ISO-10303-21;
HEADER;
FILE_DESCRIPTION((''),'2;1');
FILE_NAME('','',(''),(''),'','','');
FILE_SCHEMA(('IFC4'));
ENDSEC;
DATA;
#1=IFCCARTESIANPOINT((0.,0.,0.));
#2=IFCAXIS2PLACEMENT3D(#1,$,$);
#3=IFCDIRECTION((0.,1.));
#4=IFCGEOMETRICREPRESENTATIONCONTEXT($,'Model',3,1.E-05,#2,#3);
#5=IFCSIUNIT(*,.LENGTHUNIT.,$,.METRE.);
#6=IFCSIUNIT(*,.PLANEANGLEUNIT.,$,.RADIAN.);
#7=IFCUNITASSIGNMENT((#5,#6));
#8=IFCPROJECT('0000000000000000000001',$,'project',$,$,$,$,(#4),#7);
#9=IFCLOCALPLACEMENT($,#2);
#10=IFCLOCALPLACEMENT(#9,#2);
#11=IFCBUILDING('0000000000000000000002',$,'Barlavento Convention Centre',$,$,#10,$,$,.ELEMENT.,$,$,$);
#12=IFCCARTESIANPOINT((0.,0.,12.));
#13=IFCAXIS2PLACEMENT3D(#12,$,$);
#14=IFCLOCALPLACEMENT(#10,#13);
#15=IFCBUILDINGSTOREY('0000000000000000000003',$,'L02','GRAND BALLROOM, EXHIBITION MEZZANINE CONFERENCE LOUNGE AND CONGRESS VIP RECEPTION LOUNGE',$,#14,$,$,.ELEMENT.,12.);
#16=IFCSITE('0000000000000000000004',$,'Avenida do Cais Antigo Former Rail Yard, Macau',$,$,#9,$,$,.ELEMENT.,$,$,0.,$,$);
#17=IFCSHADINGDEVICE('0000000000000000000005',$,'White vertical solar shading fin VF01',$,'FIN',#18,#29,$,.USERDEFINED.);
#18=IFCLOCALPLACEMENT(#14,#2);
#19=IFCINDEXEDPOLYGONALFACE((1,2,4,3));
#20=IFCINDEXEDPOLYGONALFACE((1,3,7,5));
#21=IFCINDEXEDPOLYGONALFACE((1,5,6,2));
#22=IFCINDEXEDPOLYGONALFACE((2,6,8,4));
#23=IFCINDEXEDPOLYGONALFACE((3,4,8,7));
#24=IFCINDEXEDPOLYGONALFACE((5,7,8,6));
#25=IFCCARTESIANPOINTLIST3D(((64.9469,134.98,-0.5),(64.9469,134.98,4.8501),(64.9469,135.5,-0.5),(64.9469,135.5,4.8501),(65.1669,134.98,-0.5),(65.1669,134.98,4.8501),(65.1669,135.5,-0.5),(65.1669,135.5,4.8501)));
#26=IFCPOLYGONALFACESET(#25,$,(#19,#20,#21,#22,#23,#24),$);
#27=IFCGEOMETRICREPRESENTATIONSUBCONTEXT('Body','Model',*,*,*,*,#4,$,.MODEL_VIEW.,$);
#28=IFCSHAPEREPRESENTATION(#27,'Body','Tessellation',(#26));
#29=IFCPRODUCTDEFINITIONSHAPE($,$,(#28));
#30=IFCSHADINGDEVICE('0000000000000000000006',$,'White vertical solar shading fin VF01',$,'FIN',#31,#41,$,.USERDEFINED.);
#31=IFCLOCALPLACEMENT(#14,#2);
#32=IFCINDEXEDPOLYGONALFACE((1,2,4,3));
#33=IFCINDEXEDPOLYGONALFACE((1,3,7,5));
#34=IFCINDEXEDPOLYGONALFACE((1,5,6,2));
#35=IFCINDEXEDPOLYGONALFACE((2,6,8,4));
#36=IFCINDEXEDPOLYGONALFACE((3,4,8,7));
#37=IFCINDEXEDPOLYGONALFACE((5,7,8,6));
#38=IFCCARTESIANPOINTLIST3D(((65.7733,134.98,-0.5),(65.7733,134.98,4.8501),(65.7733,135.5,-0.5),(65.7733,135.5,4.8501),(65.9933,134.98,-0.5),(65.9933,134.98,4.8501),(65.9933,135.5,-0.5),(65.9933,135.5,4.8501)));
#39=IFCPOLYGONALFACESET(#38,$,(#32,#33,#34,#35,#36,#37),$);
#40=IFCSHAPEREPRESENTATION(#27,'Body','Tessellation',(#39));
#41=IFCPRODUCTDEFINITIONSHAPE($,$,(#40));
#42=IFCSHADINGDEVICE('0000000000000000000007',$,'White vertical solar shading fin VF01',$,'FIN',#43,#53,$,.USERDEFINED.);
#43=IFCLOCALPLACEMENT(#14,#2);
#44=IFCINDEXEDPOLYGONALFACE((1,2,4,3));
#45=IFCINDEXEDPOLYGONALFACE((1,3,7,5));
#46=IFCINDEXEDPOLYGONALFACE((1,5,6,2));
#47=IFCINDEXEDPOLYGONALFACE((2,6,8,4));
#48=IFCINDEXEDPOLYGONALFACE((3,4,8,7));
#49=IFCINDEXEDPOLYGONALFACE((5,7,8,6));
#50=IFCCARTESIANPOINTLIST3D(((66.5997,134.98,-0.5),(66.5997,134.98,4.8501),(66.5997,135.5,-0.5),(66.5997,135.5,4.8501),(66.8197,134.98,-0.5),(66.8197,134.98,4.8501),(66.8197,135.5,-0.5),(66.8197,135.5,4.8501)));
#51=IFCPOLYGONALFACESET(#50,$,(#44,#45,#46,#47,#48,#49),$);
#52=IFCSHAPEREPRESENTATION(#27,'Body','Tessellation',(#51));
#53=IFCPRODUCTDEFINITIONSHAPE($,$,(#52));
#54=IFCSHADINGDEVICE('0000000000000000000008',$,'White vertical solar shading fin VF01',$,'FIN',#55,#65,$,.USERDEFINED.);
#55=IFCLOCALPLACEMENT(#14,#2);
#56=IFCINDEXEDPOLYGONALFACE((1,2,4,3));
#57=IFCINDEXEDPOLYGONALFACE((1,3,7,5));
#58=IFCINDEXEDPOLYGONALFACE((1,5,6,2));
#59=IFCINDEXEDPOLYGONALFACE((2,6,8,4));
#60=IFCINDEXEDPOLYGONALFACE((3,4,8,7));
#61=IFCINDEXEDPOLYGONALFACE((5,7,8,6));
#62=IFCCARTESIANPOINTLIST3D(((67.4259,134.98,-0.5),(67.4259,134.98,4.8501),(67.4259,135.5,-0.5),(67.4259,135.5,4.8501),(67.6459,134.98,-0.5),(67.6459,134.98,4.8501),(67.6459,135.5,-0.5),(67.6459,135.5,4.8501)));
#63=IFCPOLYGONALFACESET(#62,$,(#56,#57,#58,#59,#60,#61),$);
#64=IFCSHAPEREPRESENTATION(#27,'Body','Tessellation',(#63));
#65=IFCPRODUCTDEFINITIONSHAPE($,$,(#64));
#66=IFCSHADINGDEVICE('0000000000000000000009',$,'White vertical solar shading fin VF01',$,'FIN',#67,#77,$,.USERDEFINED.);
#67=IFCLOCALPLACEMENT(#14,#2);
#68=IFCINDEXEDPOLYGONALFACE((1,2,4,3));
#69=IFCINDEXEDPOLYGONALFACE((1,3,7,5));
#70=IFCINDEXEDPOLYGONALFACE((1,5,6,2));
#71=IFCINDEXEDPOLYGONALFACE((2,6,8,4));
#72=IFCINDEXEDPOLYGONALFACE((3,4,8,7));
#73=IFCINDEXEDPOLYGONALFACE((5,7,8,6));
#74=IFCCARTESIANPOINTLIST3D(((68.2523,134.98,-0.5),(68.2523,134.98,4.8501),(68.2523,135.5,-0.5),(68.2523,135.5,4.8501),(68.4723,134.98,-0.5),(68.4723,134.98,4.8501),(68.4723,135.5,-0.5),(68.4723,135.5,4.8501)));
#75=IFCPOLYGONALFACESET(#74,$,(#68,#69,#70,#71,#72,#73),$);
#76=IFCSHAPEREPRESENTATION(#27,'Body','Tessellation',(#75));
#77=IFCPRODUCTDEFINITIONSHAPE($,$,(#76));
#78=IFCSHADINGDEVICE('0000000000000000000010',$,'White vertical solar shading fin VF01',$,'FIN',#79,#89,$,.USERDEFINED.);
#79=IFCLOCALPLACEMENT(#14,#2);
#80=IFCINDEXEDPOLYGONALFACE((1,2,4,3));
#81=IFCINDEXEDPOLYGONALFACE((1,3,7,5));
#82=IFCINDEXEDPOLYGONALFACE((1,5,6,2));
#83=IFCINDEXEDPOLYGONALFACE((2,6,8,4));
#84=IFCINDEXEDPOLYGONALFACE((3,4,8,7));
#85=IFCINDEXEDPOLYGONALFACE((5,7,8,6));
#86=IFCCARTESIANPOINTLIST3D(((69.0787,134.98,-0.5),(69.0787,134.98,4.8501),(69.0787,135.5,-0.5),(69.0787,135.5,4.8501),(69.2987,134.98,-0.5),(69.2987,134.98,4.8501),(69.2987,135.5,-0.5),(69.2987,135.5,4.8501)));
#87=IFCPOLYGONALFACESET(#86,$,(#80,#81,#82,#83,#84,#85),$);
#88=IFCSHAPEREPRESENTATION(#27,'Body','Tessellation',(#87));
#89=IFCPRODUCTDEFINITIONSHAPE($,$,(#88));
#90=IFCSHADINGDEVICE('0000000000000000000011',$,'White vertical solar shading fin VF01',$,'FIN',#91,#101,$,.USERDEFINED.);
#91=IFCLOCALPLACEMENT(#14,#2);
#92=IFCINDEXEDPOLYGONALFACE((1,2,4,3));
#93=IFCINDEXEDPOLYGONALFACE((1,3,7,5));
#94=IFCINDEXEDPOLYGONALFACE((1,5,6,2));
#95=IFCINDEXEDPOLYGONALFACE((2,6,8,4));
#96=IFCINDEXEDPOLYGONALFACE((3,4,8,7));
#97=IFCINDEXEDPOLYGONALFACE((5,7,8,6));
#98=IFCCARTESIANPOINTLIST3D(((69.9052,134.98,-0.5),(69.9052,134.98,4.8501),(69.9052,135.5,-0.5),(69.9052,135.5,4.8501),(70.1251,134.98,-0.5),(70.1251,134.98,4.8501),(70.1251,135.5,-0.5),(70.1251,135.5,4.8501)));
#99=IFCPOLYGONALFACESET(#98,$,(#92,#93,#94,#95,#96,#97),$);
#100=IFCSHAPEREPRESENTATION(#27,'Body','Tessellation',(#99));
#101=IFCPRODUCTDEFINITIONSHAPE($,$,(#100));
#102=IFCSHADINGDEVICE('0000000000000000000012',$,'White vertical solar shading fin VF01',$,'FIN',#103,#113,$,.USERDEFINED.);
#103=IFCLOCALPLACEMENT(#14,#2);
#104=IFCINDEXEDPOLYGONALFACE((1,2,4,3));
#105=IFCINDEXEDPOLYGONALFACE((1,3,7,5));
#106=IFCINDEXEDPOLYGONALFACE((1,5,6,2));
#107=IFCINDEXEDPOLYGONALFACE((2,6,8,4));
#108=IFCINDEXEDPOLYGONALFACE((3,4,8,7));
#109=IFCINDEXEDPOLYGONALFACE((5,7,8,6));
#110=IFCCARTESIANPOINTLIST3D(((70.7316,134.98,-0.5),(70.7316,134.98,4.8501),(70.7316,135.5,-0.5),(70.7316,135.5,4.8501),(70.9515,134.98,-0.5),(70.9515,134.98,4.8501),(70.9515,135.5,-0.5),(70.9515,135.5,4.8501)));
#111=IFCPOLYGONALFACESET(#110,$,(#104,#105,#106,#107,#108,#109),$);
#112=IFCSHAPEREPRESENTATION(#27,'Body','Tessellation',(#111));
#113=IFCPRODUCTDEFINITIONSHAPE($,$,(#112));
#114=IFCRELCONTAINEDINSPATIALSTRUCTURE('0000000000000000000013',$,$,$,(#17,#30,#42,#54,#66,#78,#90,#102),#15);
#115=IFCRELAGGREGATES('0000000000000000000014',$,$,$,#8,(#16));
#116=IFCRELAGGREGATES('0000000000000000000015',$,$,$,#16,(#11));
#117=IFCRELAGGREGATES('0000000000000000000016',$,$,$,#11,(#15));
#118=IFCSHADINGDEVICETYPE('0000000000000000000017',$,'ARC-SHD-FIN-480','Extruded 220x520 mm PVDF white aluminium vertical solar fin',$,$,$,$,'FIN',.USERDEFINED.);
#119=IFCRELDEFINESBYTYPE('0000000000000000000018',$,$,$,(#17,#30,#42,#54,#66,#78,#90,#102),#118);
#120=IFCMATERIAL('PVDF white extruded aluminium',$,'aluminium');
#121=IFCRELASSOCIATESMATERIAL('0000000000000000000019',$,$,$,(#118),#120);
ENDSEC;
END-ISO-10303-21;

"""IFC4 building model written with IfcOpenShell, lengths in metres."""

from ifc_helpers import new_model, si_unit, direction, frame, origin, origin_2d, place, context, subcontext, project, spatial, rectangle, extrude, material, type_object, element, save


model = new_model("IFC4")

# Units and contexts
model_context = context("Model", 3, precision=1e-05, world=origin(), true_north=direction((0.0, 1.0)))
body_context = subcontext(model_context, "Body", "Model", "MODEL_VIEW")
ifc_project = project(units=[si_unit("LENGTHUNIT", "METRE"), si_unit("PLANEANGLEUNIT", "RADIAN")], contexts=[model_context])

# Site, building, storey
site_placement = place(None, origin())
site = spatial("IfcSite", under=ifc_project, at=site_placement, Name="Avenida do Cais Antigo Former Rail Yard, Macau", CompositionType="ELEMENT", RefElevation=0.0)
building_placement = place(site_placement, origin())
building = spatial("IfcBuilding", under=site, at=building_placement, Name="Barlavento Convention Centre", CompositionType="ELEMENT")
storey_placement = place(building_placement, frame((0.0, 0.0, 12.0)))
storey = spatial("IfcBuildingStorey", under=building, at=storey_placement, Name="L02", Description="GRAND BALLROOM, EXHIBITION MEZZANINE CONFERENCE LOUNGE AND CONGRESS VIP RECEPTION LOUNGE", CompositionType="ELEMENT", Elevation=12.0)

# Shading devices
ifc_material_1 = material(Name="PVDF white extruded aluminium", Category="aluminium")
shading_device_type = type_object("IfcShadingDeviceType", Name="ARC-SHD-FIN-480", Description="Extruded 220x520 mm PVDF white aluminium vertical solar fin", ElementType="FIN", PredefinedType="USERDEFINED", material=ifc_material_1)
for number, where, z_axis, x_axis, name in (
    (1, (65.0569, 135.24, -0.5), (0.0, 0.0, 1.0), (1.0, 0.0, 0.0), "White vertical solar shading fin VF01"),
    (2, (65.8833, 135.24, -0.5), (0.0, 0.0, 1.0), (1.0, 0.0, 0.0), "White vertical solar shading fin VF01"),
    (3, (66.7097, 135.24, -0.5), (0.0, 0.0, 1.0), (1.0, 0.0, 0.0), "White vertical solar shading fin VF01"),
    (4, (67.5359, 135.24, -0.5), (0.0, 0.0, 1.0), (1.0, 0.0, 0.0), "White vertical solar shading fin VF01"),
    (5, (68.3623, 135.24, -0.5), (0.0, 0.0, 1.0), (1.0, 0.0, 0.0), "White vertical solar shading fin VF01"),
    (6, (69.1887, 135.24, -0.5), (0.0, 0.0, 1.0), (1.0, 0.0, 0.0), "White vertical solar shading fin VF01"),
    (7, (70.0151, 135.24, -0.5), (0.0, 0.0, 1.0), (1.0, 0.0, 0.0), "White vertical solar shading fin VF01"),
    (8, (70.8416, 135.24, -0.5), (0.0, 0.0, 1.0), (1.0, 0.0, 0.0), "White vertical solar shading fin VF01"),
):
    element("IfcShadingDevice", number, at=place(storey_placement, frame(where, z_axis=z_axis, x_axis=x_axis)), inside=storey, type_object=shading_device_type, Name=name, ObjectType="FIN", PredefinedType="USERDEFINED", context=body_context, shape_type="SweptSolid", body=[
        extrude(rectangle(XDim=0.22, YDim=0.52, at=origin_2d()), origin(), (0.0, 0.0, 1.0), 5.3501),
    ])

save(model, "model.ifc")
